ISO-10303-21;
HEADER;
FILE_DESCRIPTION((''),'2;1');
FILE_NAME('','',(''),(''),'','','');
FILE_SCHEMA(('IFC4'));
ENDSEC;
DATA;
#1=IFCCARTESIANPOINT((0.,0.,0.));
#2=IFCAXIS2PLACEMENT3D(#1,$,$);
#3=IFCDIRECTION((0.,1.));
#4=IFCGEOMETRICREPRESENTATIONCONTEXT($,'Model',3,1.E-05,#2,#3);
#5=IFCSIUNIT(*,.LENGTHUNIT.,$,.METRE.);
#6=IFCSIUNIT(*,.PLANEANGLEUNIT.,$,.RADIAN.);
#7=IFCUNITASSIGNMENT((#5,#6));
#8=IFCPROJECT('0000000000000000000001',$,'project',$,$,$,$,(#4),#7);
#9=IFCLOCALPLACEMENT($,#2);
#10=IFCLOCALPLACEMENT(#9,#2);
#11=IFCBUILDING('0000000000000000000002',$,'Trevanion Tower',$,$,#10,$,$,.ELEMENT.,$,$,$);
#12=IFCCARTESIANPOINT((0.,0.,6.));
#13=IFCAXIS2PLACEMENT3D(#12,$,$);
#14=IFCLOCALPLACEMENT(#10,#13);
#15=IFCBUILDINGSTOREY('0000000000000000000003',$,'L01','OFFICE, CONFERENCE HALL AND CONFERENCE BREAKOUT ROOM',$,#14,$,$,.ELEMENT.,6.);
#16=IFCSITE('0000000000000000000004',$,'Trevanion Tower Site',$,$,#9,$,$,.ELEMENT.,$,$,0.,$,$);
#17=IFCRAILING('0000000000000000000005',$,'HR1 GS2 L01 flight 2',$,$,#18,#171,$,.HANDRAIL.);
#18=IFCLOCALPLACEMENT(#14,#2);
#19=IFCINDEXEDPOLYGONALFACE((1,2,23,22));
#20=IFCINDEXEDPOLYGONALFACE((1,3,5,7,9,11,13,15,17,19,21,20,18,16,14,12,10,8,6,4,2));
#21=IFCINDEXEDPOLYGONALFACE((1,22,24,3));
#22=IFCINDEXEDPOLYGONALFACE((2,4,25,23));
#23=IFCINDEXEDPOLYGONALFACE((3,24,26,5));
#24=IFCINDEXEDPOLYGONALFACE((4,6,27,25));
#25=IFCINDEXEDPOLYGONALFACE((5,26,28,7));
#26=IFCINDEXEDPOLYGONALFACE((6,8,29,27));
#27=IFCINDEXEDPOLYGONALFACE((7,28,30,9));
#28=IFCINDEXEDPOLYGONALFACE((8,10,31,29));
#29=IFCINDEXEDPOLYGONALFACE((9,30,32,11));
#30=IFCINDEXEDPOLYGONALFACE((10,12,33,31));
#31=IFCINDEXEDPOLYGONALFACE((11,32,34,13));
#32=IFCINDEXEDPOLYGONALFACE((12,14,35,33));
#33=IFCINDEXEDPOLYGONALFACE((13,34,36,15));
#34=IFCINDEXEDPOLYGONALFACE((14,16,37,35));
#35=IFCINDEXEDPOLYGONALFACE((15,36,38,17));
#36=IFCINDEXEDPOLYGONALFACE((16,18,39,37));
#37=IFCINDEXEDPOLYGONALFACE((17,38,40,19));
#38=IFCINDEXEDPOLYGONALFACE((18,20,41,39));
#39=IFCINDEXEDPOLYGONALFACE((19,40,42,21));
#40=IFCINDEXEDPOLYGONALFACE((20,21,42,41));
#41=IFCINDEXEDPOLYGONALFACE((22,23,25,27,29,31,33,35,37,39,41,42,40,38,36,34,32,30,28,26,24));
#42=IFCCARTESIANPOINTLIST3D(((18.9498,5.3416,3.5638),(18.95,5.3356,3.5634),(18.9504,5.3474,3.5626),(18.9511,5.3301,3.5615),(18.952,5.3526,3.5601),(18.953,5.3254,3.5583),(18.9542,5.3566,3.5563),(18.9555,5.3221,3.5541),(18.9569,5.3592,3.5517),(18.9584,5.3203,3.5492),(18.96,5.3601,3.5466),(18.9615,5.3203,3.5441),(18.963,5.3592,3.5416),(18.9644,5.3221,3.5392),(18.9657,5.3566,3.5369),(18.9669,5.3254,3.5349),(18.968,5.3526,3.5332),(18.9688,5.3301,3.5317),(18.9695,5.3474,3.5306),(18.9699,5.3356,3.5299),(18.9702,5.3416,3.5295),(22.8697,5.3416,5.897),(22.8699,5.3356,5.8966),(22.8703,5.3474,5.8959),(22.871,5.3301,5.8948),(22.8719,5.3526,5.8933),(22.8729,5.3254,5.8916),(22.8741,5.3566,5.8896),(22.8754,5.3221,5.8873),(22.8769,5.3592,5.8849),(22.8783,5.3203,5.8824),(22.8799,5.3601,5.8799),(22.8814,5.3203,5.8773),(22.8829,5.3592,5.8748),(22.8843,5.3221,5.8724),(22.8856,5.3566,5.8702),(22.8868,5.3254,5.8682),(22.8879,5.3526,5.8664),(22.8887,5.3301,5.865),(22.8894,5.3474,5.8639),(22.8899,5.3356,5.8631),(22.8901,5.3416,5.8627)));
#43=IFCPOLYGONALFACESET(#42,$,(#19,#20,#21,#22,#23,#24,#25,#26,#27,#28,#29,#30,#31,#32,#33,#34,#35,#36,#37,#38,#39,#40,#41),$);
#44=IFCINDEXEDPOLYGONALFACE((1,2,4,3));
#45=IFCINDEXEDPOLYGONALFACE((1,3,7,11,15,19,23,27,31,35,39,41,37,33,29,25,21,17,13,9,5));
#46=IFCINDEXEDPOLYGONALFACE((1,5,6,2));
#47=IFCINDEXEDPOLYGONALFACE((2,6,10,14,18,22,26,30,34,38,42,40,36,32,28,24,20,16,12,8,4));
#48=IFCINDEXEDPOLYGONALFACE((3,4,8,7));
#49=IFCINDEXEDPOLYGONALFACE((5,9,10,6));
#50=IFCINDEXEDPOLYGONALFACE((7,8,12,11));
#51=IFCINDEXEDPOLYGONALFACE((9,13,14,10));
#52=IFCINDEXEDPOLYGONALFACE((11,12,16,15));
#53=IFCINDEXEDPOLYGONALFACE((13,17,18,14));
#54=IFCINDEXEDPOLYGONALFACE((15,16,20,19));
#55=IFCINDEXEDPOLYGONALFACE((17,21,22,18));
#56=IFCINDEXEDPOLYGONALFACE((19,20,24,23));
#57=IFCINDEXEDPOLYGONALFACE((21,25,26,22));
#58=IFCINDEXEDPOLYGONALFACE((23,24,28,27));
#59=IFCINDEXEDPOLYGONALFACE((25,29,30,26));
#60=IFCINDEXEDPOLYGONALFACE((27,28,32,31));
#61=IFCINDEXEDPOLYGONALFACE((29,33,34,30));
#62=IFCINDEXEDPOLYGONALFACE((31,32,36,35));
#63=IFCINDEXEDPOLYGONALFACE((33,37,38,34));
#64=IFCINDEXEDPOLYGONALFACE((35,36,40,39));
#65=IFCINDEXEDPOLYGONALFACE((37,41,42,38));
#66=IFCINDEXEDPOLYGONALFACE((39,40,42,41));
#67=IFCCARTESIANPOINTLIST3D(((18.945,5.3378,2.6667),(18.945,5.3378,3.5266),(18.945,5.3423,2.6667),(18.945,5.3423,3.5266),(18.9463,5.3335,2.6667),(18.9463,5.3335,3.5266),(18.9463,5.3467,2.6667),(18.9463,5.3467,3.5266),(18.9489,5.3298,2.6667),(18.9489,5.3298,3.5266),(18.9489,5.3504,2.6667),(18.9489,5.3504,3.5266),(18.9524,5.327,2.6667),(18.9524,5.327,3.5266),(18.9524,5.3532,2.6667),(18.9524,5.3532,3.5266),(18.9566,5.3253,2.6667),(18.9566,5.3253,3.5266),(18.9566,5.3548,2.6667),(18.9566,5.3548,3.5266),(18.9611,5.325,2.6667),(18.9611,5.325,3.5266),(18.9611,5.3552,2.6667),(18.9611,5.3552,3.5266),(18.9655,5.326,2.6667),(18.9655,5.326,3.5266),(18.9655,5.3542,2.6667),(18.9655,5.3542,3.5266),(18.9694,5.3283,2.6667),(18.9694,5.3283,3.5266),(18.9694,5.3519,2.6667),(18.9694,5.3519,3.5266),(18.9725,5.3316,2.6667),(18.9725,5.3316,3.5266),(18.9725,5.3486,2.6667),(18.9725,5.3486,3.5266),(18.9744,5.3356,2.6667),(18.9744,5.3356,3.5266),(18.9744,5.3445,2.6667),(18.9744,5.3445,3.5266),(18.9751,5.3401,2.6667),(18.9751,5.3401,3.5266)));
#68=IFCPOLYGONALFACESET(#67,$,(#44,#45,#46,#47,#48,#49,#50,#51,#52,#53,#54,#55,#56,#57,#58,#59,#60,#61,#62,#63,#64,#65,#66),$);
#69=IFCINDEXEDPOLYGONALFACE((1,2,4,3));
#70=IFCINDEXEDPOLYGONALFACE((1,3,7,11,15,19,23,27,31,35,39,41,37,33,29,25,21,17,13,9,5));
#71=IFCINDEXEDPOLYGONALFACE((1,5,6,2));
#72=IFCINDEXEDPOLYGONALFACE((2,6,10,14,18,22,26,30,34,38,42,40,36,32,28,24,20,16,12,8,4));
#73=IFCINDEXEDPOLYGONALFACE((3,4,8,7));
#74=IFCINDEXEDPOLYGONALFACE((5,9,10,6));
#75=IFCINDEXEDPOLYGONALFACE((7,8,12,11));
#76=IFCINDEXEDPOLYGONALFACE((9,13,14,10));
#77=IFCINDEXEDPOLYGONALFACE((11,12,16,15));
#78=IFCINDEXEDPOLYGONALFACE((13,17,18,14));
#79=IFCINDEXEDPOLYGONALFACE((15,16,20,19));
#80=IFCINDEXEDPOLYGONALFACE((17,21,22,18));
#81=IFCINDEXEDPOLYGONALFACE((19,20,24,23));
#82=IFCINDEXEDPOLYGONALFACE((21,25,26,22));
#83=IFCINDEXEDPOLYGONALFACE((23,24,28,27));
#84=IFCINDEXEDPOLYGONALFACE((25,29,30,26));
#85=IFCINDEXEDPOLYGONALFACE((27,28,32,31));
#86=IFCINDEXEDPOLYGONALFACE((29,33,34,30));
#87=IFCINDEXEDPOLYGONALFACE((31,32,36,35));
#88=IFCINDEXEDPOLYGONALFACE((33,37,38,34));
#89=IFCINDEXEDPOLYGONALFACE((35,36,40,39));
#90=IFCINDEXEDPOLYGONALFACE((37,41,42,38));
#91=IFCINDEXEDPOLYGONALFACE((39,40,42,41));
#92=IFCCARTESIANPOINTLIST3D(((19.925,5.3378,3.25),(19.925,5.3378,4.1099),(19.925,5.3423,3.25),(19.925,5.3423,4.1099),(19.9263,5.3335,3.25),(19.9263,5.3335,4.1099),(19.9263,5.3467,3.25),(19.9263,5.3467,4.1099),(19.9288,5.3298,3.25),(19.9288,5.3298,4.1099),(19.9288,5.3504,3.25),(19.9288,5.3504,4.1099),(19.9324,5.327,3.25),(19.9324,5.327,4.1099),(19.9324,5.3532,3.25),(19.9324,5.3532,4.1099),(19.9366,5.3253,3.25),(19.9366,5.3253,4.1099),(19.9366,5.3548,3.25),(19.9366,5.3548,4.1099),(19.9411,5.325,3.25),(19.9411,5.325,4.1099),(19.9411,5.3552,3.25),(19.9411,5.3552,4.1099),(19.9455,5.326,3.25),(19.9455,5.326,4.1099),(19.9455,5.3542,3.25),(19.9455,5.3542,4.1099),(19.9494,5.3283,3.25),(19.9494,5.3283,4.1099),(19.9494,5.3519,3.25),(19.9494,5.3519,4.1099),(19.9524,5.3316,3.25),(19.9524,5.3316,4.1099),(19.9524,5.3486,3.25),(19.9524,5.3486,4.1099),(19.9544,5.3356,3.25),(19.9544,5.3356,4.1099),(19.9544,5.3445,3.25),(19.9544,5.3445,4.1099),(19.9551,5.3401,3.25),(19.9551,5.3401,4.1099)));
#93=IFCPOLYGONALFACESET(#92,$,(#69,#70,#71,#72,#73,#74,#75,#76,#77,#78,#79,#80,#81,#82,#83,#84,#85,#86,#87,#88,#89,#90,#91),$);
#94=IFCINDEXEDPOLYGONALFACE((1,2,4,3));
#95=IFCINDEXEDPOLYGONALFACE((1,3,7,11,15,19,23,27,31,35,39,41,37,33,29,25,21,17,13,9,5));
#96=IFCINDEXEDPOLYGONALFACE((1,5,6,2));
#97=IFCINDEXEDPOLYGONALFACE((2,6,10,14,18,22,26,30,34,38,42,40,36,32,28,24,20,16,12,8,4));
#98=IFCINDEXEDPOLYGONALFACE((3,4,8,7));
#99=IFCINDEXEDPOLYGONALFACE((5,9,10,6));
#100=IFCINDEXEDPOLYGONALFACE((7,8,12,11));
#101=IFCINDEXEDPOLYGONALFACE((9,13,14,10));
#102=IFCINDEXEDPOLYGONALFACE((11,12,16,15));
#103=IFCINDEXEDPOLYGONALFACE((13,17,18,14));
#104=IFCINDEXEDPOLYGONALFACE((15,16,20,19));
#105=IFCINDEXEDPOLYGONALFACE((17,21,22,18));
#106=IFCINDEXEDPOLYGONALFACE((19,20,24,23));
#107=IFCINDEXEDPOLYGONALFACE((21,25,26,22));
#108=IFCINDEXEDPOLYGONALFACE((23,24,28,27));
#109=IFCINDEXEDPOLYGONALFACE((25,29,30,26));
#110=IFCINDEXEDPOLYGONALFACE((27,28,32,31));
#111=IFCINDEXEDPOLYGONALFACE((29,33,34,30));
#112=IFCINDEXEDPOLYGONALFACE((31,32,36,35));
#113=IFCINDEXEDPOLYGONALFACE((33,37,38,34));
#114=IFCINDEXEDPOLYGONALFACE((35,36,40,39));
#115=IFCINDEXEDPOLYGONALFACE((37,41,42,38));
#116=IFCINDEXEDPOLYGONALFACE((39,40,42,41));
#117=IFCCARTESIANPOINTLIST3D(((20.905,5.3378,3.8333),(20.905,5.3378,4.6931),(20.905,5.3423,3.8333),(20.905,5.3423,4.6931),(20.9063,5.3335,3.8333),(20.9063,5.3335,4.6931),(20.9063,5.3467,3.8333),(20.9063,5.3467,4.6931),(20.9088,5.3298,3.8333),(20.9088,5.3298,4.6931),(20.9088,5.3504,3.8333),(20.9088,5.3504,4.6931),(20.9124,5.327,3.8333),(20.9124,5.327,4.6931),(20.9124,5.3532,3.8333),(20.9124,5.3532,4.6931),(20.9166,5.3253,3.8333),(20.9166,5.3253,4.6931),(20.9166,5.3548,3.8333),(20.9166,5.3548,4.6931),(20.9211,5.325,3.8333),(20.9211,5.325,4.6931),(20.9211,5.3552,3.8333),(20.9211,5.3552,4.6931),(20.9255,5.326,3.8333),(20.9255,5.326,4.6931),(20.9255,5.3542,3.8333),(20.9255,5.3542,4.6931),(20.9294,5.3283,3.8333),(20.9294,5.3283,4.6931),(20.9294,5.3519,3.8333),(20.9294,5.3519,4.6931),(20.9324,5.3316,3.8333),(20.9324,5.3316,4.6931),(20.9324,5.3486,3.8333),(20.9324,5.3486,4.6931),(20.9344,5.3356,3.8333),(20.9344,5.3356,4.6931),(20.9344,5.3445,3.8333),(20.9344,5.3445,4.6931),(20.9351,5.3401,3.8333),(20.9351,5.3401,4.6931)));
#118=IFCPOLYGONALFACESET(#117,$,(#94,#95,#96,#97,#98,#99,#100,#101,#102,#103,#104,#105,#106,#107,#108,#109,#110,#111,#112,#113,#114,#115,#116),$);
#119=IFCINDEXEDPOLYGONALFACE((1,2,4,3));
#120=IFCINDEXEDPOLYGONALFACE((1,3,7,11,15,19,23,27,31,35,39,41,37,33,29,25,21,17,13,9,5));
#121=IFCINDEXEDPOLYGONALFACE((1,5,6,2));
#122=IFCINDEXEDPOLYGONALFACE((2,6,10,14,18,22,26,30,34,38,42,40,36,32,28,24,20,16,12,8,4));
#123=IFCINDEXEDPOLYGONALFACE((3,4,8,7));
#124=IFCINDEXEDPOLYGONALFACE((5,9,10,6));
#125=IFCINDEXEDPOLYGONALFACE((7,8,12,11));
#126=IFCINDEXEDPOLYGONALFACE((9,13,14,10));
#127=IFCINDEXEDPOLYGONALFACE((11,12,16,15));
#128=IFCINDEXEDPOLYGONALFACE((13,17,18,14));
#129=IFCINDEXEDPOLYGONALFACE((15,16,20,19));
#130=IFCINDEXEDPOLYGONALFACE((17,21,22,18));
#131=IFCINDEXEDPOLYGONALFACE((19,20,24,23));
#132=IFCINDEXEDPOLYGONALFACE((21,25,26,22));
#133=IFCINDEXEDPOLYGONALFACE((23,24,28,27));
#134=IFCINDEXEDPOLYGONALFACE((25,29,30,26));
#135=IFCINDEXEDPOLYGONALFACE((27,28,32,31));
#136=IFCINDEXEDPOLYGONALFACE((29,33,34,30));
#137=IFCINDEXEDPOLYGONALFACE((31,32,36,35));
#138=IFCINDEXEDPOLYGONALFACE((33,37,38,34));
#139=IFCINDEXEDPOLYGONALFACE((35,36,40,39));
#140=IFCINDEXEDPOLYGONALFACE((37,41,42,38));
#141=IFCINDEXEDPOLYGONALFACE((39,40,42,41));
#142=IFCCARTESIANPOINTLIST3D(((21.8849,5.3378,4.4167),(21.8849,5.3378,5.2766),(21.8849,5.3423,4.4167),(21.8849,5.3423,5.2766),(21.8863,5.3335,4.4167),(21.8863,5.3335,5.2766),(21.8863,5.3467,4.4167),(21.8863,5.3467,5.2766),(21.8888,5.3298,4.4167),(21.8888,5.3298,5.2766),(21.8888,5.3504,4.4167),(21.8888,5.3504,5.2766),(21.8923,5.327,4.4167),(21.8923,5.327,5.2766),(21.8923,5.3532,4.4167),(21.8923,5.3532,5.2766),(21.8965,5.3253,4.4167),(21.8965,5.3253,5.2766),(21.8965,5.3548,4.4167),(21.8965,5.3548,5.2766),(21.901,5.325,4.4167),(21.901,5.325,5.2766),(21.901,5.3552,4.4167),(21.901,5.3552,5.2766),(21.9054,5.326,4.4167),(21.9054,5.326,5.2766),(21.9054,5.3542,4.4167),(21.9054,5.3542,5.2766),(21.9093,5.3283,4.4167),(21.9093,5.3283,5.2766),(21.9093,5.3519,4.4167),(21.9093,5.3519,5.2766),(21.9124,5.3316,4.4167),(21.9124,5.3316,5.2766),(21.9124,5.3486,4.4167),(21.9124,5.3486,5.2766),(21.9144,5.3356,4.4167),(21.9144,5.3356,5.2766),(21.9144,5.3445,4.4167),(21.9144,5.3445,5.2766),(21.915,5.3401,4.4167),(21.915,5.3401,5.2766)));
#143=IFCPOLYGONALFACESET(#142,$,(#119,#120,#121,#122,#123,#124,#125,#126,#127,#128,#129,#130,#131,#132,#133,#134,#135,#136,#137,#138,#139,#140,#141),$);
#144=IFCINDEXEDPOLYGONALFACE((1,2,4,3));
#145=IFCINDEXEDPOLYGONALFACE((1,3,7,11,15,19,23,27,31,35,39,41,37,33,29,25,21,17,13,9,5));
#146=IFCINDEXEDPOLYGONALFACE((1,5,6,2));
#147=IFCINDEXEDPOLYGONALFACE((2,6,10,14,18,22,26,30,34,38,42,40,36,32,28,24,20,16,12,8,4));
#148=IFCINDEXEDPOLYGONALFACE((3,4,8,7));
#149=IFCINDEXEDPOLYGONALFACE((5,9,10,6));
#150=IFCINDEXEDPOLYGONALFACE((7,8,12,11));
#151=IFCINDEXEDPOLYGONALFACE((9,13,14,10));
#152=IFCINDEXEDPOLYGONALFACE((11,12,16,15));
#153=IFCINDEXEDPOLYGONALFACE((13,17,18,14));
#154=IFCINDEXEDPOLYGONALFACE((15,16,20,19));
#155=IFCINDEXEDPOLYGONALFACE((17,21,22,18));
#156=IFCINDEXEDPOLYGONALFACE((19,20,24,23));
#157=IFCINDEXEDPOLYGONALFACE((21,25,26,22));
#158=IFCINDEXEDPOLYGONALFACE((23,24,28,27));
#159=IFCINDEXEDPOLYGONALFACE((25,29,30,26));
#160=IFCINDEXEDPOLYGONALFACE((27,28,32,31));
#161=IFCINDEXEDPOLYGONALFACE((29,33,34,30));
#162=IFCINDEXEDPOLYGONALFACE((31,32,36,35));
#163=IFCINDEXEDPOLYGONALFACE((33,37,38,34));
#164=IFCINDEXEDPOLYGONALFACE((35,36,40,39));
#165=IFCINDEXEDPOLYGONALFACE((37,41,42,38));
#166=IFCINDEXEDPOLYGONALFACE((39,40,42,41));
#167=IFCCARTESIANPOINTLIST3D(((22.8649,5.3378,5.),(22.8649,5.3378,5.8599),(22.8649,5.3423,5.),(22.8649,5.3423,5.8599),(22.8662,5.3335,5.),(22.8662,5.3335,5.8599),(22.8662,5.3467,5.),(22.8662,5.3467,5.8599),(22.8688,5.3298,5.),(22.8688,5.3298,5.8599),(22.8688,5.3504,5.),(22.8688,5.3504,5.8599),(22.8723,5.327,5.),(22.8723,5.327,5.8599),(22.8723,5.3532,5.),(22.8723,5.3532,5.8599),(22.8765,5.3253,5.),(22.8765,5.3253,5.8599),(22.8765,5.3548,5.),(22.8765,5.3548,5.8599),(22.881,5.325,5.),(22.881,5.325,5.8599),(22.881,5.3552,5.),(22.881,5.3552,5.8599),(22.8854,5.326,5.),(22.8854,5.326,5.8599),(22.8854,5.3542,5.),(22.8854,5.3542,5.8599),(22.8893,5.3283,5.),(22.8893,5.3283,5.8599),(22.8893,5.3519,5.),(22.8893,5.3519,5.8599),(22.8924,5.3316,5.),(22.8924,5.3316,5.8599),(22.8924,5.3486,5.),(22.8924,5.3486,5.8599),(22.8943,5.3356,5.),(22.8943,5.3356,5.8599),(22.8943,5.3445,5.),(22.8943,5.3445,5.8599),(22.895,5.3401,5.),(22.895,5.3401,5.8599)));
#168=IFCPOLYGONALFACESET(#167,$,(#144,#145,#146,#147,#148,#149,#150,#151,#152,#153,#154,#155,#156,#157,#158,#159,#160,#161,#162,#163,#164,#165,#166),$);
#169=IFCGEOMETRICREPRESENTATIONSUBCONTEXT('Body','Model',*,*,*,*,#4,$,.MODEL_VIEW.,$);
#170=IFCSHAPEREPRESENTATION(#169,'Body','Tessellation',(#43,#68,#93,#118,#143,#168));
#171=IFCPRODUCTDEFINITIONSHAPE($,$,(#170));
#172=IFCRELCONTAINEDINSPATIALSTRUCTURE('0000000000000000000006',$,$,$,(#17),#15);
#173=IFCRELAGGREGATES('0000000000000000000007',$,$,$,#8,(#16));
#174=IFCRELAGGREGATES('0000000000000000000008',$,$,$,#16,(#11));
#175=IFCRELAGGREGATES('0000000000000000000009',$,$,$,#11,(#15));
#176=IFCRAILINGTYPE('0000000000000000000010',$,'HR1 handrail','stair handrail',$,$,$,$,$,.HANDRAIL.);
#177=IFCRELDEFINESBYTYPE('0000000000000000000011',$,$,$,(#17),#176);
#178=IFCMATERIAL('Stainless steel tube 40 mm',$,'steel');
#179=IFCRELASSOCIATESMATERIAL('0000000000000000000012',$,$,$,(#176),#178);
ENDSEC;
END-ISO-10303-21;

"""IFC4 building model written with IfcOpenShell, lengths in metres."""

from ifc_helpers import new_model, si_unit, direction, frame, origin, origin_2d, place, context, subcontext, project, spatial, circle, extrude, material, type_object, element, save


model = new_model("IFC4")

# Units and contexts
model_context = context("Model", 3, precision=1e-05, world=origin(), true_north=direction((0.0, 1.0)))
body_context = subcontext(model_context, "Body", "Model", "MODEL_VIEW")
ifc_project = project(units=[si_unit("LENGTHUNIT", "METRE"), si_unit("PLANEANGLEUNIT", "RADIAN")], contexts=[model_context])

# Site, building, storey
site_placement = place(None, origin())
site = spatial("IfcSite", under=ifc_project, at=site_placement, Name="Trevanion Tower Site", CompositionType="ELEMENT", RefElevation=0.0)
building_placement = place(site_placement, origin())
building = spatial("IfcBuilding", under=site, at=building_placement, Name="Trevanion Tower", CompositionType="ELEMENT")
storey_placement = place(building_placement, frame((0.0, 0.0, 6.0)))
storey = spatial("IfcBuildingStorey", under=building, at=storey_placement, Name="L01", Description="OFFICE, CONFERENCE HALL AND CONFERENCE BREAKOUT ROOM", CompositionType="ELEMENT", Elevation=6.0)

# Railing
ifc_material_1 = material(Name="Stainless steel tube 40 mm", Category="steel")
railing_type_1 = type_object("IfcRailingType", Name="HR1 handrail", Description="stair handrail", PredefinedType="HANDRAIL", material=ifc_material_1)
railing_1_placement = place(storey_placement, frame((18.96, 5.3401, 2.6667)))
element("IfcRailing", 1, at=railing_1_placement, inside=storey, type_object=railing_type_1, Name="HR1 GS2 L01 flight 2", PredefinedType="HANDRAIL", context=body_context, shape_type="SweptSolid", body=[
    extrude(circle(Radius=0.02, at=origin_2d()), frame((0.0, 0.0, 0.8799), z_axis=(0.859296, 0.0, 0.511478), x_axis=(0.0, 1.0, 0.0)), (0.0, 0.0, 1.0), 4.5618),
    extrude(circle(Radius=0.0151, at=origin_2d()), origin(), (0.0, 0.0, 1.0), 0.8599),
    extrude(circle(Radius=0.0151, at=origin_2d()), frame((0.98, 0.0, 0.5833)), (0.0, 0.0, 1.0), 0.8599),
    extrude(circle(Radius=0.0151, at=origin_2d()), frame((1.96, 0.0, 1.1665)), (0.0, 0.0, 1.0), 0.8599),
    extrude(circle(Radius=0.0151, at=origin_2d()), frame((2.9399, 0.0, 1.75)), (0.0, 0.0, 1.0), 0.8599),
    extrude(circle(Radius=0.0151, at=origin_2d()), frame((3.9199, 0.0, 2.3333)), (0.0, 0.0, 1.0), 0.8599),
])

save(model, "model.ifc")
